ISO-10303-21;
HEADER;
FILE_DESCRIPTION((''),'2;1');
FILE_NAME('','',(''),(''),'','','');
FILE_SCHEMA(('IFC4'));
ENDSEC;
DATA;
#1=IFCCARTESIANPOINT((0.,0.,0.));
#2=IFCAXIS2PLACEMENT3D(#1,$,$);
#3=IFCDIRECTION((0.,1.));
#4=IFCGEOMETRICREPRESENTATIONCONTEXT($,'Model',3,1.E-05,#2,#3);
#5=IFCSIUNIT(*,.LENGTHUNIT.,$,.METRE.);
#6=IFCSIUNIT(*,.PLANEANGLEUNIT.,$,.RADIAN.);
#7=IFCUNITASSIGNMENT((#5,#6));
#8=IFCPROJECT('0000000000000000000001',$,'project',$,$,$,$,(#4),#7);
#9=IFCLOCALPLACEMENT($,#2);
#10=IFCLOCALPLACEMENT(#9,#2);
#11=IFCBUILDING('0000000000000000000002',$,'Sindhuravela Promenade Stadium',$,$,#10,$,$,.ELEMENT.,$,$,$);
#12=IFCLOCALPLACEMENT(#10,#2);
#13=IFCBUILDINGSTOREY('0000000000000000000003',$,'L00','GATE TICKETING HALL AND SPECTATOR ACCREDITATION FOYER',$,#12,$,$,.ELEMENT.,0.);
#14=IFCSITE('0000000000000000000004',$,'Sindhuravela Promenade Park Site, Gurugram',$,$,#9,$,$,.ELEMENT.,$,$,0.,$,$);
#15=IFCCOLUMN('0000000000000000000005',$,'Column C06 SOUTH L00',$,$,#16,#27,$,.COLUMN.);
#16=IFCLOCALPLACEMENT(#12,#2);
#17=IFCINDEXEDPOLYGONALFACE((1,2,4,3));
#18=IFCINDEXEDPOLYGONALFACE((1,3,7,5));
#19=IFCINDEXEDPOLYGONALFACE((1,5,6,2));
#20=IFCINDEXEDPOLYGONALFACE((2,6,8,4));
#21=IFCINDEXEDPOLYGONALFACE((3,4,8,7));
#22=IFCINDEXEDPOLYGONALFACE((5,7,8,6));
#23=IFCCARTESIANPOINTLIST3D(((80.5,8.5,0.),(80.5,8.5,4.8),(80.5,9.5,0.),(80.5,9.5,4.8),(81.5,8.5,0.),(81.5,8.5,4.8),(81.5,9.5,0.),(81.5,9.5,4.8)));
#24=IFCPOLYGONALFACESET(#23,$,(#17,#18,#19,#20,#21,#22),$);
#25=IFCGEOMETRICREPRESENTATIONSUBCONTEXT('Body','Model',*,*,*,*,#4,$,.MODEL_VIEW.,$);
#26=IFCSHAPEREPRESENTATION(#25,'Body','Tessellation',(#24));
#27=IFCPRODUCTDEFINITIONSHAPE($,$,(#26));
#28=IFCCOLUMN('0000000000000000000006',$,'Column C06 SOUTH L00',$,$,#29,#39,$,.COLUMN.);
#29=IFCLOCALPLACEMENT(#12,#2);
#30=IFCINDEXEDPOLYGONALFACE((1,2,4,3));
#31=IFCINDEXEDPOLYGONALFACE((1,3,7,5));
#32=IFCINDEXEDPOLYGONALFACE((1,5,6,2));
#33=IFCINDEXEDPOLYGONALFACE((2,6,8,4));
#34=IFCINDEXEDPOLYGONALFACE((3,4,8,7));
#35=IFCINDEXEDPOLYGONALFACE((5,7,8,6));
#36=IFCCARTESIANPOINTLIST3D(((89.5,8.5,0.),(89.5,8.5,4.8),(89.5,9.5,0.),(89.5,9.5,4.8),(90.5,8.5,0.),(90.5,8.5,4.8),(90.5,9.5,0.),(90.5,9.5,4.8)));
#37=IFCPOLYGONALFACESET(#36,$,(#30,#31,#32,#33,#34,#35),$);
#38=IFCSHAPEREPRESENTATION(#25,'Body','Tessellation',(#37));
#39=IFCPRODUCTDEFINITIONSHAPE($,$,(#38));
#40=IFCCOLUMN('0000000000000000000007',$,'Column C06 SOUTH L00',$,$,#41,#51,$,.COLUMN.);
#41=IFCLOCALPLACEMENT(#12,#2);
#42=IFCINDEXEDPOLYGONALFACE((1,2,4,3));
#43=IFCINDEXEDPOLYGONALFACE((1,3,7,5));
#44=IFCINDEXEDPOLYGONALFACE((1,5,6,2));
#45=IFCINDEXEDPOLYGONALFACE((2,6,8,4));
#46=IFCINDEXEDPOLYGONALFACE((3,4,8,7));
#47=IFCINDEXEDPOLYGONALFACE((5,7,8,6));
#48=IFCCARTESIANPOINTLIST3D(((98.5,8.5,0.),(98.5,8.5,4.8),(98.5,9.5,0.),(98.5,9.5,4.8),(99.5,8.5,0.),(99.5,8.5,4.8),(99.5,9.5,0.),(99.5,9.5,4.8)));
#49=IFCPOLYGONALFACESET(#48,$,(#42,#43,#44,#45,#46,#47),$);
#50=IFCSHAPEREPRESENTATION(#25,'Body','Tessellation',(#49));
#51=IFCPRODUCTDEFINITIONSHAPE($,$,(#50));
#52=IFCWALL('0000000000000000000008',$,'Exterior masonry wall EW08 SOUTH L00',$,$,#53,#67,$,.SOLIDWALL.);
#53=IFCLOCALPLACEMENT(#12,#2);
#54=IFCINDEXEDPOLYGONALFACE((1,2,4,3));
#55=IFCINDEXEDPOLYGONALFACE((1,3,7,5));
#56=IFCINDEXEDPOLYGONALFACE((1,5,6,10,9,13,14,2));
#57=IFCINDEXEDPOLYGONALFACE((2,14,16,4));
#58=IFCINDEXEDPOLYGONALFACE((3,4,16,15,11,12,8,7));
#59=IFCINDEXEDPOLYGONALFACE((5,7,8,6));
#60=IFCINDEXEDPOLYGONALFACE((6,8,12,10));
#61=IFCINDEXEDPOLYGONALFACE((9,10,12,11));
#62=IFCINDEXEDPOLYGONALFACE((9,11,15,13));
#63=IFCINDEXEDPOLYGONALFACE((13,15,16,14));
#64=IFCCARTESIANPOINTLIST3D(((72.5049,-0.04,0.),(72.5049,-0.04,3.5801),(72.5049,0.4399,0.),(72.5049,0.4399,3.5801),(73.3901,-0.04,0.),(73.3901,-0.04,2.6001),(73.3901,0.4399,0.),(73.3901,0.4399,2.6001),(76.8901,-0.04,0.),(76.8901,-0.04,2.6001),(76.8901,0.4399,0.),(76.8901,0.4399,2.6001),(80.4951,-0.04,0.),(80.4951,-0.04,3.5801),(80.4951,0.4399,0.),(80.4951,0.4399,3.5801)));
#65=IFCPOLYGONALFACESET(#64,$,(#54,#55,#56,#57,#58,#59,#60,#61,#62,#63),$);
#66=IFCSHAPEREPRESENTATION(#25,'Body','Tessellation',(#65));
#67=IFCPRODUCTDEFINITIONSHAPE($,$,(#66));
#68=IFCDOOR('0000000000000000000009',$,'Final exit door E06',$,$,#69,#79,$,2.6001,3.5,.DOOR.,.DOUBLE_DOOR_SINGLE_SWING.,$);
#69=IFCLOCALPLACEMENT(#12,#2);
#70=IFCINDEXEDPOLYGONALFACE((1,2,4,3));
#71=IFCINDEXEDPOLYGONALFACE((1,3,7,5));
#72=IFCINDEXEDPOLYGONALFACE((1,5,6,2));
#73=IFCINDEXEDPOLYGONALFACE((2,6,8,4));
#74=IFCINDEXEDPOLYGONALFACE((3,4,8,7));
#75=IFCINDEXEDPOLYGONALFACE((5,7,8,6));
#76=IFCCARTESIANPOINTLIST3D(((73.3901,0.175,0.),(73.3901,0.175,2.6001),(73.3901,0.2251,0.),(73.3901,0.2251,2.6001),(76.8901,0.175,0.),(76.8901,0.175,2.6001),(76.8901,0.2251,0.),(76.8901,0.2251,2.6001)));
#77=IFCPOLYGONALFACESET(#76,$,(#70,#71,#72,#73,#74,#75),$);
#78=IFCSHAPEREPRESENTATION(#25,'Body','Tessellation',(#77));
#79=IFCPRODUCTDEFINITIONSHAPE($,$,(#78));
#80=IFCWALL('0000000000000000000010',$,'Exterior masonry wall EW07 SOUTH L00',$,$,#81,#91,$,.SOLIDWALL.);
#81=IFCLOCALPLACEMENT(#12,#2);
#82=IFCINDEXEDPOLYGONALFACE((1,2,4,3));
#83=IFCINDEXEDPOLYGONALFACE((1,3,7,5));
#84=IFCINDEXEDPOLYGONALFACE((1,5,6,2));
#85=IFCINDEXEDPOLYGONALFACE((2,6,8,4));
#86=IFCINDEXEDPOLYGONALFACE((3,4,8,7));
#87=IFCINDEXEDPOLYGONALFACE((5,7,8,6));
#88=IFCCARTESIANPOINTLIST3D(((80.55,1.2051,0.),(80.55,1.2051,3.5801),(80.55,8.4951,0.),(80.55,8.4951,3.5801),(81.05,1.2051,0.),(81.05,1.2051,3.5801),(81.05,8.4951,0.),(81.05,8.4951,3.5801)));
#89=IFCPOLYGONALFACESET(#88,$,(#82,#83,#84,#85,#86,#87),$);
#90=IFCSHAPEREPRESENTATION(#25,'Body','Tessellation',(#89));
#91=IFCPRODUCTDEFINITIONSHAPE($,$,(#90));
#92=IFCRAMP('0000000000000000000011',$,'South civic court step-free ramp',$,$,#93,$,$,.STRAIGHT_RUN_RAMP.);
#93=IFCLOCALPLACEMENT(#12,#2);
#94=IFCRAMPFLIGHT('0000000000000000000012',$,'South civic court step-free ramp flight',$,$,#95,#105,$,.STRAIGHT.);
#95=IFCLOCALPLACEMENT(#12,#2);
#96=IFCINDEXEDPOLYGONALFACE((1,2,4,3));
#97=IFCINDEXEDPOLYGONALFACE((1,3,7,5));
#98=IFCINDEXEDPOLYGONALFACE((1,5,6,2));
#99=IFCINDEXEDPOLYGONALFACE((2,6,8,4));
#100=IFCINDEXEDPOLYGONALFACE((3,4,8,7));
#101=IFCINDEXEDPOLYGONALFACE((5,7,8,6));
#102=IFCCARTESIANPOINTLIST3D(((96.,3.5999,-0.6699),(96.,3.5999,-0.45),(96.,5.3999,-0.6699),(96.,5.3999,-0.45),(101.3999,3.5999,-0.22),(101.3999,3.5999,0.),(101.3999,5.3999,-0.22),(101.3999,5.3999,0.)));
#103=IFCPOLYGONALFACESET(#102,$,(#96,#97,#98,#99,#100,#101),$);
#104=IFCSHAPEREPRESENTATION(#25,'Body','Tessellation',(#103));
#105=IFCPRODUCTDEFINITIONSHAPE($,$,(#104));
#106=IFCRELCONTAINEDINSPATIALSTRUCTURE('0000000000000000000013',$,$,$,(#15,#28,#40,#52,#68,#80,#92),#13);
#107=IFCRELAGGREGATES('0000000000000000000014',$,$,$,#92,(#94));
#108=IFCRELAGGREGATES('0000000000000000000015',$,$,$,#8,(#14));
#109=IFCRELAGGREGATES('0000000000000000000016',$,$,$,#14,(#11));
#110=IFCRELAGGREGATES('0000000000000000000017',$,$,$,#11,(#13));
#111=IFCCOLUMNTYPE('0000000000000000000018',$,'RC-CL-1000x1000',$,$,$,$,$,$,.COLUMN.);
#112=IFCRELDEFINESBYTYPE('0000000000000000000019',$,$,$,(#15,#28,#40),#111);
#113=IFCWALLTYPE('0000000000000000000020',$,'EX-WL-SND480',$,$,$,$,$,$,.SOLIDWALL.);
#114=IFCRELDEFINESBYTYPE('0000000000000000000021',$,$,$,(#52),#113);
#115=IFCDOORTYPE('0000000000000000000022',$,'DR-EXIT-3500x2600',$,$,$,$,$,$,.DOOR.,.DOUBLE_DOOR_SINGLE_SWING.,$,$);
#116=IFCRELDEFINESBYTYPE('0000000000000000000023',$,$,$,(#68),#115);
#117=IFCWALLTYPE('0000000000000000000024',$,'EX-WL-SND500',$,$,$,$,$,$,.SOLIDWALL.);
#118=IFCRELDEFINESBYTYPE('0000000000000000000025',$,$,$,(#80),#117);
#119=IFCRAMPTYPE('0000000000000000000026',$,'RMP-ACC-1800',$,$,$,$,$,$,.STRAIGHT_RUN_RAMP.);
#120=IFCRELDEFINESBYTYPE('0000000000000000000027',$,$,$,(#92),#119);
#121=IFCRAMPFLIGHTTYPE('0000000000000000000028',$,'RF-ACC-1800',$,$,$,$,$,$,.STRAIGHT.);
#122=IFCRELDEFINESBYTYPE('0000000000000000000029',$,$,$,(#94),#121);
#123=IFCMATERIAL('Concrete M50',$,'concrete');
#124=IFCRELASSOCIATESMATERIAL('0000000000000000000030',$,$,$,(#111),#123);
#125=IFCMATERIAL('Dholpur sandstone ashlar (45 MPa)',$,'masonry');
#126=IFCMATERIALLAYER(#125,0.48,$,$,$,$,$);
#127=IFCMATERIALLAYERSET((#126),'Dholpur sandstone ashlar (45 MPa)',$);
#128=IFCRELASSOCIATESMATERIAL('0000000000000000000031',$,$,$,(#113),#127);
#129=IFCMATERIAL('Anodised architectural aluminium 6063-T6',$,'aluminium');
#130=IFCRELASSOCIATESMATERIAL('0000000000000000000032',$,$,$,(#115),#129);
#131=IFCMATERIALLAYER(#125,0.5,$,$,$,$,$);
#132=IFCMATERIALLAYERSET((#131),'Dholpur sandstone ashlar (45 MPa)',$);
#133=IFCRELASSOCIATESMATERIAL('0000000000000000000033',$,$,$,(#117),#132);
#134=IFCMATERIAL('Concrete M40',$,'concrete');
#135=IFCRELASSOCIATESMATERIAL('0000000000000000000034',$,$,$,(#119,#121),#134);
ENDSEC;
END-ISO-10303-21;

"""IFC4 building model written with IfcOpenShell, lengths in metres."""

from ifc_helpers import new_model, si_unit, direction, frame, frame_2d, origin, origin_2d, place, context, subcontext, project, spatial, polyline, rectangle, outline, extrude, material, layer, layer_set, material_profile, profile_set, type_object, element, fill, aggregate, save


model = new_model("IFC4")

# Units and contexts
model_context = context("Model", 3, precision=1e-05, world=origin(), true_north=direction((0.0, 1.0)))
body_context = subcontext(model_context, "Body", "Model", "MODEL_VIEW")
ifc_project = project(units=[si_unit("LENGTHUNIT", "METRE"), si_unit("PLANEANGLEUNIT", "RADIAN")], contexts=[model_context])

# Site, building, storey
site_placement = place(None, origin())
site = spatial("IfcSite", under=ifc_project, at=site_placement, Name="Sindhuravela Promenade Park Site, Gurugram", CompositionType="ELEMENT", RefElevation=0.0)
building_placement = place(site_placement, origin())
building = spatial("IfcBuilding", under=site, at=building_placement, Name="Sindhuravela Promenade Stadium", CompositionType="ELEMENT")
storey_placement = place(building_placement, origin())
storey = spatial("IfcBuildingStorey", under=building, at=storey_placement, Name="L00", Description="GATE TICKETING HALL AND SPECTATOR ACCREDITATION FOYER", CompositionType="ELEMENT", Elevation=0.0)

# Shared definitions
ifc_material_1 = material(Name="Concrete M50", Category="concrete")

# Shared definitions
ifc_material_2 = material(Name="Concrete M40", Category="concrete")

# Columns
ifc_material_profile_1 = material_profile(ifc_material_1, rectangle(XDim=1.0, YDim=1.0, at=origin_2d()), Name="RC 1000x1000")
ifc_profile_set_1 = profile_set([ifc_material_profile_1], Name="Concrete M50")
column_type = type_object("IfcColumnType", Name="RC-CL-1000x1000", PredefinedType="COLUMN", material=ifc_profile_set_1)
for number, where, z_axis, x_axis, name in (
    (1, (81.0, 9.0, 0.0), (0.0, 0.0, 1.0), (1.0, 0.0, 0.0), "Column C06 SOUTH L00"),
    (2, (90.0, 9.0, 0.0), (0.0, 0.0, 1.0), (1.0, 0.0, 0.0), "Column C06 SOUTH L00"),
    (3, (99.0, 9.0, 0.0), (0.0, 0.0, 1.0), (1.0, 0.0, 0.0), "Column C06 SOUTH L00"),
):
    element("IfcColumn", number, at=place(storey_placement, frame(where, z_axis=z_axis, x_axis=x_axis)), inside=storey, type_object=column_type, Name=name, PredefinedType="COLUMN", context=body_context, shape_type="SweptSolid", body=[
        extrude(rectangle(XDim=1.0, YDim=1.0, at=origin_2d()), origin(), (0.0, 0.0, 1.0), 4.8),
    ])

# Wall, opening, door
ifc_material_3 = material(Name="Dholpur sandstone ashlar (45 MPa)", Category="masonry")
ifc_layer_1 = layer(ifc_material_3, 0.48)
ifc_layer_set_1 = layer_set([ifc_layer_1], Name="Dholpur sandstone ashlar (45 MPa)")
wall_type_1 = type_object("IfcWallType", Name="EX-WL-SND480", PredefinedType="SOLIDWALL", material=ifc_layer_set_1)
wall_1_placement = place(storey_placement, frame((80.4951, 0.2, 0.0), z_axis=(0.0, 0.0, 1.0), x_axis=(-1.0, 0.0, 0.0)))
wall_1 = element("IfcWall", 4, at=wall_1_placement, inside=storey, type_object=wall_type_1, Name="Exterior masonry wall EW08 SOUTH L00", PredefinedType="SOLIDWALL", context=body_context, shape_type="SweptSolid", body=[
    extrude(rectangle(XDim=7.9902, YDim=0.48, at=frame_2d((3.9951, 0.0))), origin(), (0.0, 0.0, 1.0), 3.5801),
])
opening_placement = place(wall_1_placement, frame((3.605, 0.0, 0.0)))
opening = element("IfcOpeningElement", 5, at=opening_placement, cuts=wall_1, PredefinedType="OPENING", context=body_context, shape_type="SweptSolid", body=[
    extrude(rectangle(XDim=3.5, YDim=2.6001, at=frame_2d((1.75, 1.3))), frame((0.0, 0.25, 0.0), z_axis=(0.0, -1.0, 0.0), x_axis=(1.0, 0.0, 0.0)), (0.0, 0.0, 1.0), 0.5),
])
ifc_material_4 = material(Name="Anodised architectural aluminium 6063-T6", Category="aluminium")
door_type = type_object("IfcDoorType", Name="DR-EXIT-3500x2600", OperationType="DOUBLE_DOOR_SINGLE_SWING", PredefinedType="DOOR", material=ifc_material_4)
door_placement = place(opening_placement, origin())
door = element("IfcDoor", 6, at=door_placement, inside=storey, type_object=door_type, Name="Final exit door E06", OperationType="DOUBLE_DOOR_SINGLE_SWING", OverallHeight=2.6001, OverallWidth=3.5, PredefinedType="DOOR", context=body_context, shape_type="SweptSolid", body=[
    extrude(rectangle(XDim=3.5, YDim=2.6001, at=frame_2d((1.75, 1.3))), frame((0.0, 0.0249, 0.0), z_axis=(0.0, -1.0, 0.0), x_axis=(1.0, 0.0, 0.0)), (0.0, 0.0, 1.0), 0.05),
])
fill(opening, door)

# Wall
ifc_layer_2 = layer(ifc_material_3, 0.5)
ifc_layer_set_2 = layer_set([ifc_layer_2], Name="Dholpur sandstone ashlar (45 MPa)")
wall_type_2 = type_object("IfcWallType", Name="EX-WL-SND500", PredefinedType="SOLIDWALL", material=ifc_layer_set_2)
wall_2_placement = place(storey_placement, frame((80.8, 8.4951, 0.0), z_axis=(0.0, 0.0, 1.0), x_axis=(0.0, -1.0, 0.0)))
element("IfcWall", 7, at=wall_2_placement, inside=storey, type_object=wall_type_2, Name="Exterior masonry wall EW07 SOUTH L00", PredefinedType="SOLIDWALL", context=body_context, shape_type="SweptSolid", body=[
    extrude(rectangle(XDim=7.29, YDim=0.5, at=frame_2d((3.645, 0.0))), origin(), (0.0, 0.0, 1.0), 3.5801),
])

# Ramp, ramp flight
ramp_type = type_object("IfcRampType", Name="RMP-ACC-1800", PredefinedType="STRAIGHT_RUN_RAMP", material=ifc_material_2)
ramp_placement = place(storey_placement, origin())
ramp = element("IfcRamp", 8, at=ramp_placement, inside=storey, type_object=ramp_type, Name="South civic court step-free ramp", PredefinedType="STRAIGHT_RUN_RAMP")
ramp_flight_type = type_object("IfcRampFlightType", Name="RF-ACC-1800", PredefinedType="STRAIGHT", material=ifc_material_2)
ramp_flight_placement = place(storey_placement, frame((96.0, 4.5, -0.45), z_axis=(0.0, 0.0, 1.0), x_axis=(1.0, 0.0, 0.0)))
ramp_flight = element("IfcRampFlight", 9, at=ramp_flight_placement, type_object=ramp_flight_type, Name="South civic court step-free ramp flight", PredefinedType="STRAIGHT", context=body_context, shape_type="SweptSolid", body=[
    extrude(outline(polyline([(0.0, 0.0), (0.0, -0.22), (5.3999, 0.23), (5.3999, 0.45), (0.0, 0.0)])), frame((0.0, 0.8999, 0.0), z_axis=(0.0, -1.0, 0.0), x_axis=(1.0, 0.0, 0.0)), (0.0, 0.0, 1.0), 1.8),
])
aggregate(ramp, [ramp_flight])

save(model, "model.ifc")
